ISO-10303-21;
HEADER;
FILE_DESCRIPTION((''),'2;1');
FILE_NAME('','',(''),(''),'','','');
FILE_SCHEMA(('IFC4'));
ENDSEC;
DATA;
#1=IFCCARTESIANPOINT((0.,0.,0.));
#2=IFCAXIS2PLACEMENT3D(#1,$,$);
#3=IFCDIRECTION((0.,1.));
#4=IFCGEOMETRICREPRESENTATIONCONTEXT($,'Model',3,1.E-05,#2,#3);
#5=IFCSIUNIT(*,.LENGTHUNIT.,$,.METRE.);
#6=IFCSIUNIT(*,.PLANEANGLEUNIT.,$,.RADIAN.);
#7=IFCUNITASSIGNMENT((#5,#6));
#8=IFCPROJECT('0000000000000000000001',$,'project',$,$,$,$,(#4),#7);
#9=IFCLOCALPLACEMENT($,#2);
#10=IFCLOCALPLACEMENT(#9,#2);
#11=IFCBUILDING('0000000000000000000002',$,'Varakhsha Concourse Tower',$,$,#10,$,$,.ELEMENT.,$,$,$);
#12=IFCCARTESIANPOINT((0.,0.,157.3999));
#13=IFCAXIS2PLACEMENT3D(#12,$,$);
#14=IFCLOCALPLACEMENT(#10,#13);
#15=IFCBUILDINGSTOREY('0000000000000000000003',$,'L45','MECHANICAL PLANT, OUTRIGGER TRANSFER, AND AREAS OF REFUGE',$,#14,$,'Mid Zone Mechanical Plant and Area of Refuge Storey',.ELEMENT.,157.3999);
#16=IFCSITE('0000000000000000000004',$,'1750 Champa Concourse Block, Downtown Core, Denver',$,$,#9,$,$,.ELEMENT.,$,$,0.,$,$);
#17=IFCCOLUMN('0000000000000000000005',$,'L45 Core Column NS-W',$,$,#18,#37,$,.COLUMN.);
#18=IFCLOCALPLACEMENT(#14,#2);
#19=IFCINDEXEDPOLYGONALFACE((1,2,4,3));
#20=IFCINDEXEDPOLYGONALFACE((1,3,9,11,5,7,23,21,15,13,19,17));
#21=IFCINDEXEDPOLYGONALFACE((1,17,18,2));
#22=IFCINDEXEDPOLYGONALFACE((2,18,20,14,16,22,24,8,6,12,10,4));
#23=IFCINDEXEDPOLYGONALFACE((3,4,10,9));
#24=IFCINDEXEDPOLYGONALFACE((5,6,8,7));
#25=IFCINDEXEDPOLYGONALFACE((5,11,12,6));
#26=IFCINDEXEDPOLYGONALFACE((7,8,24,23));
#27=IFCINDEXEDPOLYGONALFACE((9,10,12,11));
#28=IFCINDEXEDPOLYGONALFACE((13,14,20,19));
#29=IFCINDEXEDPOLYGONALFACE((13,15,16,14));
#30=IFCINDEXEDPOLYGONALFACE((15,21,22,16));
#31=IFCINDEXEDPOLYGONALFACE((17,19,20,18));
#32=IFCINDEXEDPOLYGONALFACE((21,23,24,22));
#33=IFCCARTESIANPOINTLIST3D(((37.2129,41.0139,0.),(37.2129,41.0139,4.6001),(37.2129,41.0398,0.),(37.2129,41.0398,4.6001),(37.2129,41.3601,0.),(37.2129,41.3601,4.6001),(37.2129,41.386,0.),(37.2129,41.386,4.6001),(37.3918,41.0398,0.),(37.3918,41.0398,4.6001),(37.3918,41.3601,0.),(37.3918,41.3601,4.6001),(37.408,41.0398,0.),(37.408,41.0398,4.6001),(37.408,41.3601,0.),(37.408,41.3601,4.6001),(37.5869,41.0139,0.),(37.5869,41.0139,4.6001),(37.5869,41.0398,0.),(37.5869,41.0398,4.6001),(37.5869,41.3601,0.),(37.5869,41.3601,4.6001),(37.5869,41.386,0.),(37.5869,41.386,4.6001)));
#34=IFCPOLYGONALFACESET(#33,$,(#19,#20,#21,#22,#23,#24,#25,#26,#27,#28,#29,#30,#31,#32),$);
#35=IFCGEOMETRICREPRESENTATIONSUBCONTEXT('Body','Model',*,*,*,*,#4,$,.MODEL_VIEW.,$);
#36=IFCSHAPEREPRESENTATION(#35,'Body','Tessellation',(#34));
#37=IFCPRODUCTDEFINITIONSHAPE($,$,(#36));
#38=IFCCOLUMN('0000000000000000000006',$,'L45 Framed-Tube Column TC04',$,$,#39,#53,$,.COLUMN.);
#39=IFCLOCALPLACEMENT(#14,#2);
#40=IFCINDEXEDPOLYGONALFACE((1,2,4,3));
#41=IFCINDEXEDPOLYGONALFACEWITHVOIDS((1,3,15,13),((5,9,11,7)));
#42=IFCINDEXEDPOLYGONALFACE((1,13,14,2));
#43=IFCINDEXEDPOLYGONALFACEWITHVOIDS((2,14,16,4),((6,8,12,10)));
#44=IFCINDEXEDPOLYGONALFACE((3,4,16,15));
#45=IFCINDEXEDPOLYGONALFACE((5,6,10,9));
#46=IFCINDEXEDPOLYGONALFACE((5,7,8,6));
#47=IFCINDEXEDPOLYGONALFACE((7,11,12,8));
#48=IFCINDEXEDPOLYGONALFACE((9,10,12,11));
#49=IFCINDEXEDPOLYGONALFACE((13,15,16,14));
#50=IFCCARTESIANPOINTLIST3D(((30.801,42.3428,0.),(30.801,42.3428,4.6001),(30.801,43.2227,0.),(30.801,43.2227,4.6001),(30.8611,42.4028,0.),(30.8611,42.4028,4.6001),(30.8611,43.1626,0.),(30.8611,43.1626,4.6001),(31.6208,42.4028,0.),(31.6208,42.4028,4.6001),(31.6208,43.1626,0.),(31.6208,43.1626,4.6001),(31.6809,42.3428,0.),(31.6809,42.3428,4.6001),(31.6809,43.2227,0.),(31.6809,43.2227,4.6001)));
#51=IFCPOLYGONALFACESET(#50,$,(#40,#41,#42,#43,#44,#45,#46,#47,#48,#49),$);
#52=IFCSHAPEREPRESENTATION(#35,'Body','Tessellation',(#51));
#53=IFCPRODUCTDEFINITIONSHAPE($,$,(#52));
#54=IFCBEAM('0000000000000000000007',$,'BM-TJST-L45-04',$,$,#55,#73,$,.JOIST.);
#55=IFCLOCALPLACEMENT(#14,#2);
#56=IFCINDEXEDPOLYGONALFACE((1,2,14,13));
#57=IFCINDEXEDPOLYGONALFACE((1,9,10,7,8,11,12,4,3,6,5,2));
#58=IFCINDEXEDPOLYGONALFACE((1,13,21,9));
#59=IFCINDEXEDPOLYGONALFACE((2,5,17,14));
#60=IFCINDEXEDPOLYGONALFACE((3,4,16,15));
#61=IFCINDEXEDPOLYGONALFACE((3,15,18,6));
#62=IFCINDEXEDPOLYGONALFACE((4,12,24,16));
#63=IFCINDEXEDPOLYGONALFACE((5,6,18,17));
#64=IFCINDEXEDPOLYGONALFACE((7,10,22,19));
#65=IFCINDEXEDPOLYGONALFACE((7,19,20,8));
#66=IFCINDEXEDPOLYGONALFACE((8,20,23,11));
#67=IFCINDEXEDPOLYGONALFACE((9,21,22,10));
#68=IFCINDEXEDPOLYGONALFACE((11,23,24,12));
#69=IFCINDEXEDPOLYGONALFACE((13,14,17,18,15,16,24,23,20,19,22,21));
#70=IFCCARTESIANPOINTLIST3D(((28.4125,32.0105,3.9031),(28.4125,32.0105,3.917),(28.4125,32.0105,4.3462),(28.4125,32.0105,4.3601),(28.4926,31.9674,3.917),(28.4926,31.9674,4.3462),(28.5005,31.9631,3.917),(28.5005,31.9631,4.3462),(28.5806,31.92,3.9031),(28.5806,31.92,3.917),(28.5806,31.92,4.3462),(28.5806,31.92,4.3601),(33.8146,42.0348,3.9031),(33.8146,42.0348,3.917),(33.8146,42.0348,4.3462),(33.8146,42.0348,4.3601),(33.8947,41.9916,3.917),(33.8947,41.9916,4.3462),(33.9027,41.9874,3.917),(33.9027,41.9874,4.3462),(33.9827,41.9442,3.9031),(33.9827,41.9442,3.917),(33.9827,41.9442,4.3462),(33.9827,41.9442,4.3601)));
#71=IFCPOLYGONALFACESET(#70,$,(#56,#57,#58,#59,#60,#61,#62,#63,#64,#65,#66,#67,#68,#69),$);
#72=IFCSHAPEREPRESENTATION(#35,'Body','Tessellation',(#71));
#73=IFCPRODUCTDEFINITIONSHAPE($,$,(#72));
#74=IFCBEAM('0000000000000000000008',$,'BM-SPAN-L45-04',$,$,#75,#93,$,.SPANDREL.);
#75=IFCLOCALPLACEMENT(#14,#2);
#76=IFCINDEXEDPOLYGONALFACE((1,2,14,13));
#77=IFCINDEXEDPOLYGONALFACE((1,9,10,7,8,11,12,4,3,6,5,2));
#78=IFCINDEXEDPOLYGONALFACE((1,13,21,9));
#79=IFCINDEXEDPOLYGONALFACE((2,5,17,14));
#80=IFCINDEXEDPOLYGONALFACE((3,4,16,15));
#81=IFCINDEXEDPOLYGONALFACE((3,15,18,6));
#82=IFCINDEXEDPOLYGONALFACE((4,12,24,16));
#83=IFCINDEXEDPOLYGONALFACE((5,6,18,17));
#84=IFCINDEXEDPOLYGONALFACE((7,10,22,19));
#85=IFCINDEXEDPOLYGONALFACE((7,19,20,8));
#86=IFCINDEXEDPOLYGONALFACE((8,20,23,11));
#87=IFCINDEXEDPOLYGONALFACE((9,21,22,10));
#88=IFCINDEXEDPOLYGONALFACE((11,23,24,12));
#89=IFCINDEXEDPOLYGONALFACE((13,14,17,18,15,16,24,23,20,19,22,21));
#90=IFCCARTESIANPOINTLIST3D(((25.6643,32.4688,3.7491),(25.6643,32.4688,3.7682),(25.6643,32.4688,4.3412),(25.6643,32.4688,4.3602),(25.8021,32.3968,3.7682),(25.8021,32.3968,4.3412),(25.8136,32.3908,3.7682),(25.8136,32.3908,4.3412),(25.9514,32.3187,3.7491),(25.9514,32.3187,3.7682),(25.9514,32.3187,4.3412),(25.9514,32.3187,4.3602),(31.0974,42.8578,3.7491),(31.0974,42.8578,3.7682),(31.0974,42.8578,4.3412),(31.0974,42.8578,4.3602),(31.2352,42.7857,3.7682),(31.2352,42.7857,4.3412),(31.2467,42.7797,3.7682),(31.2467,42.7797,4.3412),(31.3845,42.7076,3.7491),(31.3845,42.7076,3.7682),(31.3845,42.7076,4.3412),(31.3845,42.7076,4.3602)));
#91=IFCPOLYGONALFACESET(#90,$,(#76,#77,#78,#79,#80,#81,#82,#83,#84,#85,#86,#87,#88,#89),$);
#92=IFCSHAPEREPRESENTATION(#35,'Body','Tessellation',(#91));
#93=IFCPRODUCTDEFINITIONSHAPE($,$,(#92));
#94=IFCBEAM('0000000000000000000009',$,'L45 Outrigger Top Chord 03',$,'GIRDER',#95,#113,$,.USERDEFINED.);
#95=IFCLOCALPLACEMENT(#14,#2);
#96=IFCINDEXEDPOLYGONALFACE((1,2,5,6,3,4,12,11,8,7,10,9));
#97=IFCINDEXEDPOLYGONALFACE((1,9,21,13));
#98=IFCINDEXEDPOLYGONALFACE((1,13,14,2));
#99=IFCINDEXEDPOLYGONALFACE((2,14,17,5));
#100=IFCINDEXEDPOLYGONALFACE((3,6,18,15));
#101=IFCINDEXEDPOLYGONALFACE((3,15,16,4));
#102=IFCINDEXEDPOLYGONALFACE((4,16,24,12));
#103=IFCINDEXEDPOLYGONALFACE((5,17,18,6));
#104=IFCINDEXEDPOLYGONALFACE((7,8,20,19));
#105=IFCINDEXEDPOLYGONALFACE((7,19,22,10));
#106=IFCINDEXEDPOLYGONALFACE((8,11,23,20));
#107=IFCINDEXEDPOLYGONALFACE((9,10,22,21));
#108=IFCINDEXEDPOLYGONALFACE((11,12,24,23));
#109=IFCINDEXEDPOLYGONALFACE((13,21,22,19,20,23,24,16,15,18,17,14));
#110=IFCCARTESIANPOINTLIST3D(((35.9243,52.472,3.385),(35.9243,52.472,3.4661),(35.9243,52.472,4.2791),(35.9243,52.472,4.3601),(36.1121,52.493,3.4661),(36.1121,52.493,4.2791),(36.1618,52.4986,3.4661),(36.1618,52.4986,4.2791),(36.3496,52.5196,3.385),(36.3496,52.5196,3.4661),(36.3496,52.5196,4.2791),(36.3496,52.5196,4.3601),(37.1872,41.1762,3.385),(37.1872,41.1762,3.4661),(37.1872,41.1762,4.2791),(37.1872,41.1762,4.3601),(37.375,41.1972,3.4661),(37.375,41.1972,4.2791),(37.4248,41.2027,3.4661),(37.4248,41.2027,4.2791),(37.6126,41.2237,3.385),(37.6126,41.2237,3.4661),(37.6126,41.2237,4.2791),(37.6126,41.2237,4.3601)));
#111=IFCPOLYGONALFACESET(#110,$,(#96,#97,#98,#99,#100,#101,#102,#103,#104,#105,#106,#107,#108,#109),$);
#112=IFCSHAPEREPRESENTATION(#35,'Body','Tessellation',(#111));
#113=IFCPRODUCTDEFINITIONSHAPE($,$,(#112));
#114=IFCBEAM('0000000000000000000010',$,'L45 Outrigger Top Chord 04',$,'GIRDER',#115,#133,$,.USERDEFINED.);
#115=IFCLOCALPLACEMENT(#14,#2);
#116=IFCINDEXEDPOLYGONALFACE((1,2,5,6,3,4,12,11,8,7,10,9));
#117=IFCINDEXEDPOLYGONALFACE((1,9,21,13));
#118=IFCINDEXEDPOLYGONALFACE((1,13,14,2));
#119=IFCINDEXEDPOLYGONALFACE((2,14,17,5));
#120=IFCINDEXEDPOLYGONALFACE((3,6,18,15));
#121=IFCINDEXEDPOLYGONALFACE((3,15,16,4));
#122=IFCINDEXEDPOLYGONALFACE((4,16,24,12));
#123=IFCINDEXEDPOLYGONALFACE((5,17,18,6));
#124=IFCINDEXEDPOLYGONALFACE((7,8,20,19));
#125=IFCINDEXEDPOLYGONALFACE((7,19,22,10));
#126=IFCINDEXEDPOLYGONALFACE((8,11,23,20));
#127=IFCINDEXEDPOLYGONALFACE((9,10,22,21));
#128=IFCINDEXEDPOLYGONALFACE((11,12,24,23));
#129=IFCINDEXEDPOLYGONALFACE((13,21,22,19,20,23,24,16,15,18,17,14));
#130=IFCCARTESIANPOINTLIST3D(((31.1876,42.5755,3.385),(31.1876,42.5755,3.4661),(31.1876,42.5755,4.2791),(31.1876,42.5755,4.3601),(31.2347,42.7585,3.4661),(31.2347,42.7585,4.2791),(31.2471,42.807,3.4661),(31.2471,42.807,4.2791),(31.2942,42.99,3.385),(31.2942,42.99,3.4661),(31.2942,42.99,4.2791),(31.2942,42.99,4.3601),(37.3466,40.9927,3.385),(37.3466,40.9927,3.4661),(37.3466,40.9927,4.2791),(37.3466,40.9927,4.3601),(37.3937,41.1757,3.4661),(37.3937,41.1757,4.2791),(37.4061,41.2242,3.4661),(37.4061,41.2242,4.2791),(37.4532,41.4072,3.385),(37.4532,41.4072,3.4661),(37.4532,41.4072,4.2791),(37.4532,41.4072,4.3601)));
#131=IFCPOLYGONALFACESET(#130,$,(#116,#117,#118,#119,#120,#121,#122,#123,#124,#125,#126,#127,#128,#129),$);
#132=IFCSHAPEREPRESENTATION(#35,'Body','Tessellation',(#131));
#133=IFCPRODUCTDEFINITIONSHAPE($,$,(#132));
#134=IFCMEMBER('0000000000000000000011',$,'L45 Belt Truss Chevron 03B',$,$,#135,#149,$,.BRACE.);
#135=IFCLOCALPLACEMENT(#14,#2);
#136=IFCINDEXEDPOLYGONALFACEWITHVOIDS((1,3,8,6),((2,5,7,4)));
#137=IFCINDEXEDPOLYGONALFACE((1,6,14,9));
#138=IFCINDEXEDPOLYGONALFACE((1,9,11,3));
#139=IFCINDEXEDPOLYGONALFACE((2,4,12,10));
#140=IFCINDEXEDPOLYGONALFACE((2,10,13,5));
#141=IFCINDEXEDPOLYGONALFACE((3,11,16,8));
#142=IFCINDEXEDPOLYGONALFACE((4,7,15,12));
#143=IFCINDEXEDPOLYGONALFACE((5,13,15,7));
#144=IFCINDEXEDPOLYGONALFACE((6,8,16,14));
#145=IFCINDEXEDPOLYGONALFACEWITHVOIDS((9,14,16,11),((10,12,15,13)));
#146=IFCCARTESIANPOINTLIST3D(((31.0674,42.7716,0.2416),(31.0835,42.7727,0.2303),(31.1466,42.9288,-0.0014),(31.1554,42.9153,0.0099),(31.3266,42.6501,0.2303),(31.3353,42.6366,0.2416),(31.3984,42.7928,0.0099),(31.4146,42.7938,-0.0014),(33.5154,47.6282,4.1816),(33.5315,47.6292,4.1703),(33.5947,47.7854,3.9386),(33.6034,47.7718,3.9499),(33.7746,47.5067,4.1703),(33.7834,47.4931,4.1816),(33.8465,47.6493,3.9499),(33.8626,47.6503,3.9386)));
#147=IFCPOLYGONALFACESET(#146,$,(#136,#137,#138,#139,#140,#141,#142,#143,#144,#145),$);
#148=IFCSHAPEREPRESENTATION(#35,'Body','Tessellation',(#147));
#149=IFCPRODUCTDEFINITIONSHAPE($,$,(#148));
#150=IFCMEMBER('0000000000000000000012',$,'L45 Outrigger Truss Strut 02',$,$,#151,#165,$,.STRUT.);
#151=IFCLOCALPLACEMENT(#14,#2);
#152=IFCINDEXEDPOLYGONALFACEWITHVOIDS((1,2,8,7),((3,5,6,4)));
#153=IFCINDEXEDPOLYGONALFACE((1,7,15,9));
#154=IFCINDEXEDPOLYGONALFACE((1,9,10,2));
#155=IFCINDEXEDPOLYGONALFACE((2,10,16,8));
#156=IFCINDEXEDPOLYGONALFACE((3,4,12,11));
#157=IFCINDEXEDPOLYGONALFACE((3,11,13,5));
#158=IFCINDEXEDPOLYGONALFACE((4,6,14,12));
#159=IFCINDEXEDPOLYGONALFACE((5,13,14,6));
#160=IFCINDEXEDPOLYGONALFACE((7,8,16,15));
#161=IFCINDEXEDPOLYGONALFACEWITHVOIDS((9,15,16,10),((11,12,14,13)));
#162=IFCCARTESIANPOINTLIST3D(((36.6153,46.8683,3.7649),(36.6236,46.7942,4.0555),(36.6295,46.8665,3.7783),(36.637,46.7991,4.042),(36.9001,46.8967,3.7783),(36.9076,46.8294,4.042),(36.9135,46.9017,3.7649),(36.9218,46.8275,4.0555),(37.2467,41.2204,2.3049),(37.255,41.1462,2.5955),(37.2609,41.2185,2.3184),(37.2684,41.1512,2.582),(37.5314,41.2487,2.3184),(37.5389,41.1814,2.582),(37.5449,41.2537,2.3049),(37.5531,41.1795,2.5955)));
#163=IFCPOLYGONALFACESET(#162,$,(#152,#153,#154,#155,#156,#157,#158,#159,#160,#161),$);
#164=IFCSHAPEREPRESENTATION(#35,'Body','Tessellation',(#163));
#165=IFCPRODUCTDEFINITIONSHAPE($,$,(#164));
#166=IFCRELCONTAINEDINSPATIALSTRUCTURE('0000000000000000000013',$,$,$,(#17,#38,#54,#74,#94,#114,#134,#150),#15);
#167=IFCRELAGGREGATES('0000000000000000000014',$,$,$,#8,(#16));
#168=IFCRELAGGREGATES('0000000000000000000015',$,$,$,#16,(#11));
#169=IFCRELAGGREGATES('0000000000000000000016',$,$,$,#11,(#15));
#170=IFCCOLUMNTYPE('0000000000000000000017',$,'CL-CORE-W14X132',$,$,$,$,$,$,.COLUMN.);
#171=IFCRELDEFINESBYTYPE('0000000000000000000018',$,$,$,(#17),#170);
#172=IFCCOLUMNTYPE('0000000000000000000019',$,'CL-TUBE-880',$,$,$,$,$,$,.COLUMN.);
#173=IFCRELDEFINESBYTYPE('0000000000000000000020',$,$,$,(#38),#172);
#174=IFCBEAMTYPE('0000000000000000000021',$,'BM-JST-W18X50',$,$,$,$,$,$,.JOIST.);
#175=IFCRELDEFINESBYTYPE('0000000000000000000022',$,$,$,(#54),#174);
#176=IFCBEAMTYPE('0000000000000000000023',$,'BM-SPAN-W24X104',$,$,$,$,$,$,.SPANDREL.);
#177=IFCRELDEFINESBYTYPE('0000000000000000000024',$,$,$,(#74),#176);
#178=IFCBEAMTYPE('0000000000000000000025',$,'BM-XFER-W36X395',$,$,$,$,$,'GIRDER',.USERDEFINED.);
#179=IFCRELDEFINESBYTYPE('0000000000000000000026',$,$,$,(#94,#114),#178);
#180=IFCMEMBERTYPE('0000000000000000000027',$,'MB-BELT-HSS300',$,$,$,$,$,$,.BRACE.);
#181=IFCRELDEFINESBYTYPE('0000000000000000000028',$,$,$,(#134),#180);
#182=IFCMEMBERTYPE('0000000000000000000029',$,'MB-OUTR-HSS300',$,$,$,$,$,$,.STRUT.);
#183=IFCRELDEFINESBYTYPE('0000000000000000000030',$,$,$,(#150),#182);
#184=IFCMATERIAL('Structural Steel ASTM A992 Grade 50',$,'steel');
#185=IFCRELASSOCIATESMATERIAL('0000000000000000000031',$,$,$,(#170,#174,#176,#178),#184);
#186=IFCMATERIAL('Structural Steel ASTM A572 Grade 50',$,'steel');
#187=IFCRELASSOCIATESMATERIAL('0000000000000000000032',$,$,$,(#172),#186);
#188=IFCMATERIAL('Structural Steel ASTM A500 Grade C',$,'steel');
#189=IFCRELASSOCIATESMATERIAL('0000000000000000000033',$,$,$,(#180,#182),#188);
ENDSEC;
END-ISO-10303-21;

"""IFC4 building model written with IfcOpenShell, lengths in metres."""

from ifc_helpers import new_model, si_unit, direction, frame, origin, origin_2d, place, context, subcontext, project, spatial, hollow_rectangle, i_section, extrude, source, transform, mapped, material, material_profile, profile_set, type_object, type_shapes, element, save


model = new_model("IFC4")

# Units and contexts
model_context = context("Model", 3, precision=1e-05, world=origin(), true_north=direction((0.0, 1.0)))
body_context = subcontext(model_context, "Body", "Model", "MODEL_VIEW")
ifc_project = project(units=[si_unit("LENGTHUNIT", "METRE"), si_unit("PLANEANGLEUNIT", "RADIAN")], contexts=[model_context])

# Site, building, storey
site_placement = place(None, origin())
site = spatial("IfcSite", under=ifc_project, at=site_placement, Name="1750 Champa Concourse Block, Downtown Core, Denver", CompositionType="ELEMENT", RefElevation=0.0)
building_placement = place(site_placement, origin())
building = spatial("IfcBuilding", under=site, at=building_placement, Name="Varakhsha Concourse Tower", CompositionType="ELEMENT")
storey_placement = place(building_placement, frame((0.0, 0.0, 157.3999)))
storey = spatial("IfcBuildingStorey", under=building, at=storey_placement, Name="L45", Description="MECHANICAL PLANT, OUTRIGGER TRANSFER, AND AREAS OF REFUGE", LongName="Mid Zone Mechanical Plant and Area of Refuge Storey", CompositionType="ELEMENT", Elevation=157.3999)

# Columns
ifc_material_1 = material(Name="Structural Steel ASTM A992 Grade 50", Category="steel")
ifc_material_profile_1 = material_profile(ifc_material_1, i_section(OverallWidth=0.374, OverallDepth=0.3721, WebThickness=0.0161, FlangeThickness=0.0259, at=origin_2d()), Name="W14X132")
ifc_profile_set_1 = profile_set([ifc_material_profile_1], Name="Structural Steel ASTM A992 Grade 50")
column_type_1 = type_object("IfcColumnType", Name="CL-CORE-W14X132", PredefinedType="COLUMN", material=ifc_profile_set_1)
column_1_placement = place(storey_placement, frame((37.3999, 41.2, 0.0), z_axis=(0.0, 0.0, 1.0), x_axis=(1.0, 0.0, 0.0)))
element("IfcColumn", 1, at=column_1_placement, inside=storey, type_object=column_type_1, Name="L45 Core Column NS-W", PredefinedType="COLUMN", context=body_context, shape_type="SweptSolid", body=[
    extrude(i_section(OverallWidth=0.374, OverallDepth=0.3721, WebThickness=0.0161, FlangeThickness=0.0259, at=origin_2d()), origin(), (0.0, 0.0, 1.0), 4.6001),
])
ifc_material_2 = material(Name="Structural Steel ASTM A572 Grade 50", Category="steel")
ifc_material_profile_2 = material_profile(ifc_material_2, hollow_rectangle(XDim=0.8799, YDim=0.8799, WallThickness=0.0601, at=origin_2d()), Name="BOX 880x880x60")
ifc_profile_set_2 = profile_set([ifc_material_profile_2], Name="Structural Steel ASTM A572 Grade 50")
column_type_2 = type_object("IfcColumnType", Name="CL-TUBE-880", PredefinedType="COLUMN", material=ifc_profile_set_2)
column_2_placement = place(storey_placement, frame((31.241, 42.7827, 0.0), z_axis=(0.0, 0.0, 1.0), x_axis=(1.0, 0.0, 0.0)))
element("IfcColumn", 2, at=column_2_placement, inside=storey, type_object=column_type_2, Name="L45 Framed-Tube Column TC04", PredefinedType="COLUMN", context=body_context, shape_type="SweptSolid", body=[
    extrude(hollow_rectangle(XDim=0.8799, YDim=0.8799, WallThickness=0.0601, at=origin_2d()), origin(), (0.0, 0.0, 1.0), 4.6001),
])

# Beams
ifc_material_profile_3 = material_profile(ifc_material_1, i_section(OverallWidth=0.1909, OverallDepth=0.457, WebThickness=0.009, FlangeThickness=0.0139, at=origin_2d()), Name="W18X50")
ifc_profile_set_3 = profile_set([ifc_material_profile_3], Name="Structural Steel ASTM A992 Grade 50")
beam_type_1 = type_object("IfcBeamType", Name="BM-JST-W18X50", PredefinedType="JOIST", material=ifc_profile_set_3)
beam_1_placement = place(storey_placement, frame((33.8987, 41.9895, 4.1316), z_axis=(-0.474404, -0.880307, 0.0), x_axis=(0.880307, -0.474404, 0.0)))
element("IfcBeam", 3, at=beam_1_placement, inside=storey, type_object=beam_type_1, Name="BM-TJST-L45-04", PredefinedType="JOIST", context=body_context, shape_type="SweptSolid", body=[
    extrude(i_section(OverallWidth=0.1909, OverallDepth=0.457, WebThickness=0.009, FlangeThickness=0.0139, at=origin_2d()), origin(), (0.0, 0.0, 1.0), 11.3872),
])
ifc_material_profile_4 = material_profile(ifc_material_1, i_section(OverallWidth=0.324, OverallDepth=0.6111, WebThickness=0.0129, FlangeThickness=0.019, at=origin_2d()), Name="W24X104")
ifc_profile_set_4 = profile_set([ifc_material_profile_4], Name="Structural Steel ASTM A992 Grade 50")
beam_type_2 = type_object("IfcBeamType", Name="BM-SPAN-W24X104", PredefinedType="SPANDREL", material=ifc_profile_set_4)
beam_2_placement = place(storey_placement, frame((31.241, 42.7827, 4.0547), z_axis=(-0.463424, -0.886137, 0.0), x_axis=(0.886137, -0.463424, 0.0)))
element("IfcBeam", 4, at=beam_2_placement, inside=storey, type_object=beam_type_2, Name="BM-SPAN-L45-04", PredefinedType="SPANDREL", context=body_context, shape_type="SweptSolid", body=[
    extrude(i_section(OverallWidth=0.324, OverallDepth=0.6111, WebThickness=0.0129, FlangeThickness=0.019, at=origin_2d()), origin(), (0.0, 0.0, 1.0), 11.7239),
])
ifc_material_profile_5 = material_profile(ifc_material_1, i_section(OverallWidth=0.428, OverallDepth=0.9751, WebThickness=0.05, FlangeThickness=0.0811, at=origin_2d()), Name="W36X395")
ifc_profile_set_5 = profile_set([ifc_material_profile_5], Name="Structural Steel ASTM A992 Grade 50")
beam_type_3 = type_object("IfcBeamType", Name="BM-XFER-W36X395", ElementType="GIRDER", PredefinedType="USERDEFINED", material=ifc_profile_set_5)
beam_3_placement = place(storey_placement, frame((37.3999, 41.2, 3.8726), z_axis=(-0.111113, 0.993808, 0.0), x_axis=(-0.993808, -0.111113, 0.0)))
element("IfcBeam", 5, at=beam_3_placement, inside=storey, type_object=beam_type_3, Name="L45 Outrigger Top Chord 03", ObjectType="GIRDER", PredefinedType="USERDEFINED", context=body_context, shape_type="SweptSolid", body=[
    extrude(i_section(OverallWidth=0.428, OverallDepth=0.9751, WebThickness=0.05, FlangeThickness=0.0811, at=origin_2d()), origin(), (0.0, 0.0, 1.0), 11.3662),
])
beam_4_placement = place(storey_placement, frame((37.3999, 41.2, 3.8726), z_axis=(-0.968529, 0.248899, 0.0), x_axis=(-0.248899, -0.968529, 0.0)))
element("IfcBeam", 6, at=beam_4_placement, inside=storey, type_object=beam_type_3, Name="L45 Outrigger Top Chord 04", ObjectType="GIRDER", PredefinedType="USERDEFINED", context=body_context, shape_type="SweptSolid", body=[
    extrude(i_section(OverallWidth=0.428, OverallDepth=0.9751, WebThickness=0.05, FlangeThickness=0.0811, at=origin_2d()), origin(), (0.0, 0.0, 1.0), 6.3591),
])

# Members
ifc_material_3 = material(Name="Structural Steel ASTM A500 Grade C", Category="steel")
ifc_material_profile_6 = material_profile(ifc_material_3, hollow_rectangle(XDim=0.3, YDim=0.3, WallThickness=0.0139, at=origin_2d()), Name="HSS 300x300x14")
ifc_profile_set_6 = profile_set([ifc_material_profile_6], Name="Structural Steel ASTM A500 Grade C")
member_type_1 = type_object("IfcMemberType", Name="MB-BELT-HSS300", PredefinedType="BRACE", material=ifc_profile_set_6)
shared_shape_1 = source(origin(), body_context, "Body", "SweptSolid", [
    extrude(hollow_rectangle(XDim=0.3, YDim=0.3, WallThickness=0.0139, at=origin_2d()), origin(), (0.0, 0.0, 1.0), 6.7158),
])
type_shapes(member_type_1, [shared_shape_1])
member_1_placement = place(storey_placement, frame((31.241, 42.7827, 0.1201), z_axis=(0.364518, 0.723146, 0.586674), x_axis=(-0.892968, 0.45012, 0.0)))
element("IfcMember", 7, at=member_1_placement, inside=storey, type_object=member_type_1, Name="L45 Belt Truss Chevron 03B", PredefinedType="BRACE", context=body_context, shape_type="MappedRepresentation", body=[
    mapped(shared_shape_1, transform((0.0, 0.0, 0.0), scale=1.0)),
])
ifc_material_profile_7 = material_profile(ifc_material_3, hollow_rectangle(XDim=0.3, YDim=0.3, WallThickness=0.0139, at=origin_2d()), Name="HSS 300x300x14")
ifc_profile_set_7 = profile_set([ifc_material_profile_7], Name="Structural Steel ASTM A500 Grade C")
member_type_2 = type_object("IfcMemberType", Name="MB-OUTR-HSS300", PredefinedType="STRUT", material=ifc_profile_set_7)
shared_shape_2 = source(origin(), body_context, "Body", "SweptSolid", [
    extrude(hollow_rectangle(XDim=0.3, YDim=0.3, WallThickness=0.0139, at=origin_2d()), origin(), (0.0, 0.0, 1.0), 5.8677),
])
type_shapes(member_type_2, [shared_shape_2])
member_2_placement = place(storey_placement, frame((37.3999, 41.2, 2.4502), z_axis=(-0.107598, 0.962556, 0.248815), x_axis=(-0.99381, -0.111092, 0.0)))
element("IfcMember", 8, at=member_2_placement, inside=storey, type_object=member_type_2, Name="L45 Outrigger Truss Strut 02", PredefinedType="STRUT", context=body_context, shape_type="MappedRepresentation", body=[
    mapped(shared_shape_2, transform((0.0, 0.0, 0.0), scale=1.0)),
])

save(model, "model.ifc")
